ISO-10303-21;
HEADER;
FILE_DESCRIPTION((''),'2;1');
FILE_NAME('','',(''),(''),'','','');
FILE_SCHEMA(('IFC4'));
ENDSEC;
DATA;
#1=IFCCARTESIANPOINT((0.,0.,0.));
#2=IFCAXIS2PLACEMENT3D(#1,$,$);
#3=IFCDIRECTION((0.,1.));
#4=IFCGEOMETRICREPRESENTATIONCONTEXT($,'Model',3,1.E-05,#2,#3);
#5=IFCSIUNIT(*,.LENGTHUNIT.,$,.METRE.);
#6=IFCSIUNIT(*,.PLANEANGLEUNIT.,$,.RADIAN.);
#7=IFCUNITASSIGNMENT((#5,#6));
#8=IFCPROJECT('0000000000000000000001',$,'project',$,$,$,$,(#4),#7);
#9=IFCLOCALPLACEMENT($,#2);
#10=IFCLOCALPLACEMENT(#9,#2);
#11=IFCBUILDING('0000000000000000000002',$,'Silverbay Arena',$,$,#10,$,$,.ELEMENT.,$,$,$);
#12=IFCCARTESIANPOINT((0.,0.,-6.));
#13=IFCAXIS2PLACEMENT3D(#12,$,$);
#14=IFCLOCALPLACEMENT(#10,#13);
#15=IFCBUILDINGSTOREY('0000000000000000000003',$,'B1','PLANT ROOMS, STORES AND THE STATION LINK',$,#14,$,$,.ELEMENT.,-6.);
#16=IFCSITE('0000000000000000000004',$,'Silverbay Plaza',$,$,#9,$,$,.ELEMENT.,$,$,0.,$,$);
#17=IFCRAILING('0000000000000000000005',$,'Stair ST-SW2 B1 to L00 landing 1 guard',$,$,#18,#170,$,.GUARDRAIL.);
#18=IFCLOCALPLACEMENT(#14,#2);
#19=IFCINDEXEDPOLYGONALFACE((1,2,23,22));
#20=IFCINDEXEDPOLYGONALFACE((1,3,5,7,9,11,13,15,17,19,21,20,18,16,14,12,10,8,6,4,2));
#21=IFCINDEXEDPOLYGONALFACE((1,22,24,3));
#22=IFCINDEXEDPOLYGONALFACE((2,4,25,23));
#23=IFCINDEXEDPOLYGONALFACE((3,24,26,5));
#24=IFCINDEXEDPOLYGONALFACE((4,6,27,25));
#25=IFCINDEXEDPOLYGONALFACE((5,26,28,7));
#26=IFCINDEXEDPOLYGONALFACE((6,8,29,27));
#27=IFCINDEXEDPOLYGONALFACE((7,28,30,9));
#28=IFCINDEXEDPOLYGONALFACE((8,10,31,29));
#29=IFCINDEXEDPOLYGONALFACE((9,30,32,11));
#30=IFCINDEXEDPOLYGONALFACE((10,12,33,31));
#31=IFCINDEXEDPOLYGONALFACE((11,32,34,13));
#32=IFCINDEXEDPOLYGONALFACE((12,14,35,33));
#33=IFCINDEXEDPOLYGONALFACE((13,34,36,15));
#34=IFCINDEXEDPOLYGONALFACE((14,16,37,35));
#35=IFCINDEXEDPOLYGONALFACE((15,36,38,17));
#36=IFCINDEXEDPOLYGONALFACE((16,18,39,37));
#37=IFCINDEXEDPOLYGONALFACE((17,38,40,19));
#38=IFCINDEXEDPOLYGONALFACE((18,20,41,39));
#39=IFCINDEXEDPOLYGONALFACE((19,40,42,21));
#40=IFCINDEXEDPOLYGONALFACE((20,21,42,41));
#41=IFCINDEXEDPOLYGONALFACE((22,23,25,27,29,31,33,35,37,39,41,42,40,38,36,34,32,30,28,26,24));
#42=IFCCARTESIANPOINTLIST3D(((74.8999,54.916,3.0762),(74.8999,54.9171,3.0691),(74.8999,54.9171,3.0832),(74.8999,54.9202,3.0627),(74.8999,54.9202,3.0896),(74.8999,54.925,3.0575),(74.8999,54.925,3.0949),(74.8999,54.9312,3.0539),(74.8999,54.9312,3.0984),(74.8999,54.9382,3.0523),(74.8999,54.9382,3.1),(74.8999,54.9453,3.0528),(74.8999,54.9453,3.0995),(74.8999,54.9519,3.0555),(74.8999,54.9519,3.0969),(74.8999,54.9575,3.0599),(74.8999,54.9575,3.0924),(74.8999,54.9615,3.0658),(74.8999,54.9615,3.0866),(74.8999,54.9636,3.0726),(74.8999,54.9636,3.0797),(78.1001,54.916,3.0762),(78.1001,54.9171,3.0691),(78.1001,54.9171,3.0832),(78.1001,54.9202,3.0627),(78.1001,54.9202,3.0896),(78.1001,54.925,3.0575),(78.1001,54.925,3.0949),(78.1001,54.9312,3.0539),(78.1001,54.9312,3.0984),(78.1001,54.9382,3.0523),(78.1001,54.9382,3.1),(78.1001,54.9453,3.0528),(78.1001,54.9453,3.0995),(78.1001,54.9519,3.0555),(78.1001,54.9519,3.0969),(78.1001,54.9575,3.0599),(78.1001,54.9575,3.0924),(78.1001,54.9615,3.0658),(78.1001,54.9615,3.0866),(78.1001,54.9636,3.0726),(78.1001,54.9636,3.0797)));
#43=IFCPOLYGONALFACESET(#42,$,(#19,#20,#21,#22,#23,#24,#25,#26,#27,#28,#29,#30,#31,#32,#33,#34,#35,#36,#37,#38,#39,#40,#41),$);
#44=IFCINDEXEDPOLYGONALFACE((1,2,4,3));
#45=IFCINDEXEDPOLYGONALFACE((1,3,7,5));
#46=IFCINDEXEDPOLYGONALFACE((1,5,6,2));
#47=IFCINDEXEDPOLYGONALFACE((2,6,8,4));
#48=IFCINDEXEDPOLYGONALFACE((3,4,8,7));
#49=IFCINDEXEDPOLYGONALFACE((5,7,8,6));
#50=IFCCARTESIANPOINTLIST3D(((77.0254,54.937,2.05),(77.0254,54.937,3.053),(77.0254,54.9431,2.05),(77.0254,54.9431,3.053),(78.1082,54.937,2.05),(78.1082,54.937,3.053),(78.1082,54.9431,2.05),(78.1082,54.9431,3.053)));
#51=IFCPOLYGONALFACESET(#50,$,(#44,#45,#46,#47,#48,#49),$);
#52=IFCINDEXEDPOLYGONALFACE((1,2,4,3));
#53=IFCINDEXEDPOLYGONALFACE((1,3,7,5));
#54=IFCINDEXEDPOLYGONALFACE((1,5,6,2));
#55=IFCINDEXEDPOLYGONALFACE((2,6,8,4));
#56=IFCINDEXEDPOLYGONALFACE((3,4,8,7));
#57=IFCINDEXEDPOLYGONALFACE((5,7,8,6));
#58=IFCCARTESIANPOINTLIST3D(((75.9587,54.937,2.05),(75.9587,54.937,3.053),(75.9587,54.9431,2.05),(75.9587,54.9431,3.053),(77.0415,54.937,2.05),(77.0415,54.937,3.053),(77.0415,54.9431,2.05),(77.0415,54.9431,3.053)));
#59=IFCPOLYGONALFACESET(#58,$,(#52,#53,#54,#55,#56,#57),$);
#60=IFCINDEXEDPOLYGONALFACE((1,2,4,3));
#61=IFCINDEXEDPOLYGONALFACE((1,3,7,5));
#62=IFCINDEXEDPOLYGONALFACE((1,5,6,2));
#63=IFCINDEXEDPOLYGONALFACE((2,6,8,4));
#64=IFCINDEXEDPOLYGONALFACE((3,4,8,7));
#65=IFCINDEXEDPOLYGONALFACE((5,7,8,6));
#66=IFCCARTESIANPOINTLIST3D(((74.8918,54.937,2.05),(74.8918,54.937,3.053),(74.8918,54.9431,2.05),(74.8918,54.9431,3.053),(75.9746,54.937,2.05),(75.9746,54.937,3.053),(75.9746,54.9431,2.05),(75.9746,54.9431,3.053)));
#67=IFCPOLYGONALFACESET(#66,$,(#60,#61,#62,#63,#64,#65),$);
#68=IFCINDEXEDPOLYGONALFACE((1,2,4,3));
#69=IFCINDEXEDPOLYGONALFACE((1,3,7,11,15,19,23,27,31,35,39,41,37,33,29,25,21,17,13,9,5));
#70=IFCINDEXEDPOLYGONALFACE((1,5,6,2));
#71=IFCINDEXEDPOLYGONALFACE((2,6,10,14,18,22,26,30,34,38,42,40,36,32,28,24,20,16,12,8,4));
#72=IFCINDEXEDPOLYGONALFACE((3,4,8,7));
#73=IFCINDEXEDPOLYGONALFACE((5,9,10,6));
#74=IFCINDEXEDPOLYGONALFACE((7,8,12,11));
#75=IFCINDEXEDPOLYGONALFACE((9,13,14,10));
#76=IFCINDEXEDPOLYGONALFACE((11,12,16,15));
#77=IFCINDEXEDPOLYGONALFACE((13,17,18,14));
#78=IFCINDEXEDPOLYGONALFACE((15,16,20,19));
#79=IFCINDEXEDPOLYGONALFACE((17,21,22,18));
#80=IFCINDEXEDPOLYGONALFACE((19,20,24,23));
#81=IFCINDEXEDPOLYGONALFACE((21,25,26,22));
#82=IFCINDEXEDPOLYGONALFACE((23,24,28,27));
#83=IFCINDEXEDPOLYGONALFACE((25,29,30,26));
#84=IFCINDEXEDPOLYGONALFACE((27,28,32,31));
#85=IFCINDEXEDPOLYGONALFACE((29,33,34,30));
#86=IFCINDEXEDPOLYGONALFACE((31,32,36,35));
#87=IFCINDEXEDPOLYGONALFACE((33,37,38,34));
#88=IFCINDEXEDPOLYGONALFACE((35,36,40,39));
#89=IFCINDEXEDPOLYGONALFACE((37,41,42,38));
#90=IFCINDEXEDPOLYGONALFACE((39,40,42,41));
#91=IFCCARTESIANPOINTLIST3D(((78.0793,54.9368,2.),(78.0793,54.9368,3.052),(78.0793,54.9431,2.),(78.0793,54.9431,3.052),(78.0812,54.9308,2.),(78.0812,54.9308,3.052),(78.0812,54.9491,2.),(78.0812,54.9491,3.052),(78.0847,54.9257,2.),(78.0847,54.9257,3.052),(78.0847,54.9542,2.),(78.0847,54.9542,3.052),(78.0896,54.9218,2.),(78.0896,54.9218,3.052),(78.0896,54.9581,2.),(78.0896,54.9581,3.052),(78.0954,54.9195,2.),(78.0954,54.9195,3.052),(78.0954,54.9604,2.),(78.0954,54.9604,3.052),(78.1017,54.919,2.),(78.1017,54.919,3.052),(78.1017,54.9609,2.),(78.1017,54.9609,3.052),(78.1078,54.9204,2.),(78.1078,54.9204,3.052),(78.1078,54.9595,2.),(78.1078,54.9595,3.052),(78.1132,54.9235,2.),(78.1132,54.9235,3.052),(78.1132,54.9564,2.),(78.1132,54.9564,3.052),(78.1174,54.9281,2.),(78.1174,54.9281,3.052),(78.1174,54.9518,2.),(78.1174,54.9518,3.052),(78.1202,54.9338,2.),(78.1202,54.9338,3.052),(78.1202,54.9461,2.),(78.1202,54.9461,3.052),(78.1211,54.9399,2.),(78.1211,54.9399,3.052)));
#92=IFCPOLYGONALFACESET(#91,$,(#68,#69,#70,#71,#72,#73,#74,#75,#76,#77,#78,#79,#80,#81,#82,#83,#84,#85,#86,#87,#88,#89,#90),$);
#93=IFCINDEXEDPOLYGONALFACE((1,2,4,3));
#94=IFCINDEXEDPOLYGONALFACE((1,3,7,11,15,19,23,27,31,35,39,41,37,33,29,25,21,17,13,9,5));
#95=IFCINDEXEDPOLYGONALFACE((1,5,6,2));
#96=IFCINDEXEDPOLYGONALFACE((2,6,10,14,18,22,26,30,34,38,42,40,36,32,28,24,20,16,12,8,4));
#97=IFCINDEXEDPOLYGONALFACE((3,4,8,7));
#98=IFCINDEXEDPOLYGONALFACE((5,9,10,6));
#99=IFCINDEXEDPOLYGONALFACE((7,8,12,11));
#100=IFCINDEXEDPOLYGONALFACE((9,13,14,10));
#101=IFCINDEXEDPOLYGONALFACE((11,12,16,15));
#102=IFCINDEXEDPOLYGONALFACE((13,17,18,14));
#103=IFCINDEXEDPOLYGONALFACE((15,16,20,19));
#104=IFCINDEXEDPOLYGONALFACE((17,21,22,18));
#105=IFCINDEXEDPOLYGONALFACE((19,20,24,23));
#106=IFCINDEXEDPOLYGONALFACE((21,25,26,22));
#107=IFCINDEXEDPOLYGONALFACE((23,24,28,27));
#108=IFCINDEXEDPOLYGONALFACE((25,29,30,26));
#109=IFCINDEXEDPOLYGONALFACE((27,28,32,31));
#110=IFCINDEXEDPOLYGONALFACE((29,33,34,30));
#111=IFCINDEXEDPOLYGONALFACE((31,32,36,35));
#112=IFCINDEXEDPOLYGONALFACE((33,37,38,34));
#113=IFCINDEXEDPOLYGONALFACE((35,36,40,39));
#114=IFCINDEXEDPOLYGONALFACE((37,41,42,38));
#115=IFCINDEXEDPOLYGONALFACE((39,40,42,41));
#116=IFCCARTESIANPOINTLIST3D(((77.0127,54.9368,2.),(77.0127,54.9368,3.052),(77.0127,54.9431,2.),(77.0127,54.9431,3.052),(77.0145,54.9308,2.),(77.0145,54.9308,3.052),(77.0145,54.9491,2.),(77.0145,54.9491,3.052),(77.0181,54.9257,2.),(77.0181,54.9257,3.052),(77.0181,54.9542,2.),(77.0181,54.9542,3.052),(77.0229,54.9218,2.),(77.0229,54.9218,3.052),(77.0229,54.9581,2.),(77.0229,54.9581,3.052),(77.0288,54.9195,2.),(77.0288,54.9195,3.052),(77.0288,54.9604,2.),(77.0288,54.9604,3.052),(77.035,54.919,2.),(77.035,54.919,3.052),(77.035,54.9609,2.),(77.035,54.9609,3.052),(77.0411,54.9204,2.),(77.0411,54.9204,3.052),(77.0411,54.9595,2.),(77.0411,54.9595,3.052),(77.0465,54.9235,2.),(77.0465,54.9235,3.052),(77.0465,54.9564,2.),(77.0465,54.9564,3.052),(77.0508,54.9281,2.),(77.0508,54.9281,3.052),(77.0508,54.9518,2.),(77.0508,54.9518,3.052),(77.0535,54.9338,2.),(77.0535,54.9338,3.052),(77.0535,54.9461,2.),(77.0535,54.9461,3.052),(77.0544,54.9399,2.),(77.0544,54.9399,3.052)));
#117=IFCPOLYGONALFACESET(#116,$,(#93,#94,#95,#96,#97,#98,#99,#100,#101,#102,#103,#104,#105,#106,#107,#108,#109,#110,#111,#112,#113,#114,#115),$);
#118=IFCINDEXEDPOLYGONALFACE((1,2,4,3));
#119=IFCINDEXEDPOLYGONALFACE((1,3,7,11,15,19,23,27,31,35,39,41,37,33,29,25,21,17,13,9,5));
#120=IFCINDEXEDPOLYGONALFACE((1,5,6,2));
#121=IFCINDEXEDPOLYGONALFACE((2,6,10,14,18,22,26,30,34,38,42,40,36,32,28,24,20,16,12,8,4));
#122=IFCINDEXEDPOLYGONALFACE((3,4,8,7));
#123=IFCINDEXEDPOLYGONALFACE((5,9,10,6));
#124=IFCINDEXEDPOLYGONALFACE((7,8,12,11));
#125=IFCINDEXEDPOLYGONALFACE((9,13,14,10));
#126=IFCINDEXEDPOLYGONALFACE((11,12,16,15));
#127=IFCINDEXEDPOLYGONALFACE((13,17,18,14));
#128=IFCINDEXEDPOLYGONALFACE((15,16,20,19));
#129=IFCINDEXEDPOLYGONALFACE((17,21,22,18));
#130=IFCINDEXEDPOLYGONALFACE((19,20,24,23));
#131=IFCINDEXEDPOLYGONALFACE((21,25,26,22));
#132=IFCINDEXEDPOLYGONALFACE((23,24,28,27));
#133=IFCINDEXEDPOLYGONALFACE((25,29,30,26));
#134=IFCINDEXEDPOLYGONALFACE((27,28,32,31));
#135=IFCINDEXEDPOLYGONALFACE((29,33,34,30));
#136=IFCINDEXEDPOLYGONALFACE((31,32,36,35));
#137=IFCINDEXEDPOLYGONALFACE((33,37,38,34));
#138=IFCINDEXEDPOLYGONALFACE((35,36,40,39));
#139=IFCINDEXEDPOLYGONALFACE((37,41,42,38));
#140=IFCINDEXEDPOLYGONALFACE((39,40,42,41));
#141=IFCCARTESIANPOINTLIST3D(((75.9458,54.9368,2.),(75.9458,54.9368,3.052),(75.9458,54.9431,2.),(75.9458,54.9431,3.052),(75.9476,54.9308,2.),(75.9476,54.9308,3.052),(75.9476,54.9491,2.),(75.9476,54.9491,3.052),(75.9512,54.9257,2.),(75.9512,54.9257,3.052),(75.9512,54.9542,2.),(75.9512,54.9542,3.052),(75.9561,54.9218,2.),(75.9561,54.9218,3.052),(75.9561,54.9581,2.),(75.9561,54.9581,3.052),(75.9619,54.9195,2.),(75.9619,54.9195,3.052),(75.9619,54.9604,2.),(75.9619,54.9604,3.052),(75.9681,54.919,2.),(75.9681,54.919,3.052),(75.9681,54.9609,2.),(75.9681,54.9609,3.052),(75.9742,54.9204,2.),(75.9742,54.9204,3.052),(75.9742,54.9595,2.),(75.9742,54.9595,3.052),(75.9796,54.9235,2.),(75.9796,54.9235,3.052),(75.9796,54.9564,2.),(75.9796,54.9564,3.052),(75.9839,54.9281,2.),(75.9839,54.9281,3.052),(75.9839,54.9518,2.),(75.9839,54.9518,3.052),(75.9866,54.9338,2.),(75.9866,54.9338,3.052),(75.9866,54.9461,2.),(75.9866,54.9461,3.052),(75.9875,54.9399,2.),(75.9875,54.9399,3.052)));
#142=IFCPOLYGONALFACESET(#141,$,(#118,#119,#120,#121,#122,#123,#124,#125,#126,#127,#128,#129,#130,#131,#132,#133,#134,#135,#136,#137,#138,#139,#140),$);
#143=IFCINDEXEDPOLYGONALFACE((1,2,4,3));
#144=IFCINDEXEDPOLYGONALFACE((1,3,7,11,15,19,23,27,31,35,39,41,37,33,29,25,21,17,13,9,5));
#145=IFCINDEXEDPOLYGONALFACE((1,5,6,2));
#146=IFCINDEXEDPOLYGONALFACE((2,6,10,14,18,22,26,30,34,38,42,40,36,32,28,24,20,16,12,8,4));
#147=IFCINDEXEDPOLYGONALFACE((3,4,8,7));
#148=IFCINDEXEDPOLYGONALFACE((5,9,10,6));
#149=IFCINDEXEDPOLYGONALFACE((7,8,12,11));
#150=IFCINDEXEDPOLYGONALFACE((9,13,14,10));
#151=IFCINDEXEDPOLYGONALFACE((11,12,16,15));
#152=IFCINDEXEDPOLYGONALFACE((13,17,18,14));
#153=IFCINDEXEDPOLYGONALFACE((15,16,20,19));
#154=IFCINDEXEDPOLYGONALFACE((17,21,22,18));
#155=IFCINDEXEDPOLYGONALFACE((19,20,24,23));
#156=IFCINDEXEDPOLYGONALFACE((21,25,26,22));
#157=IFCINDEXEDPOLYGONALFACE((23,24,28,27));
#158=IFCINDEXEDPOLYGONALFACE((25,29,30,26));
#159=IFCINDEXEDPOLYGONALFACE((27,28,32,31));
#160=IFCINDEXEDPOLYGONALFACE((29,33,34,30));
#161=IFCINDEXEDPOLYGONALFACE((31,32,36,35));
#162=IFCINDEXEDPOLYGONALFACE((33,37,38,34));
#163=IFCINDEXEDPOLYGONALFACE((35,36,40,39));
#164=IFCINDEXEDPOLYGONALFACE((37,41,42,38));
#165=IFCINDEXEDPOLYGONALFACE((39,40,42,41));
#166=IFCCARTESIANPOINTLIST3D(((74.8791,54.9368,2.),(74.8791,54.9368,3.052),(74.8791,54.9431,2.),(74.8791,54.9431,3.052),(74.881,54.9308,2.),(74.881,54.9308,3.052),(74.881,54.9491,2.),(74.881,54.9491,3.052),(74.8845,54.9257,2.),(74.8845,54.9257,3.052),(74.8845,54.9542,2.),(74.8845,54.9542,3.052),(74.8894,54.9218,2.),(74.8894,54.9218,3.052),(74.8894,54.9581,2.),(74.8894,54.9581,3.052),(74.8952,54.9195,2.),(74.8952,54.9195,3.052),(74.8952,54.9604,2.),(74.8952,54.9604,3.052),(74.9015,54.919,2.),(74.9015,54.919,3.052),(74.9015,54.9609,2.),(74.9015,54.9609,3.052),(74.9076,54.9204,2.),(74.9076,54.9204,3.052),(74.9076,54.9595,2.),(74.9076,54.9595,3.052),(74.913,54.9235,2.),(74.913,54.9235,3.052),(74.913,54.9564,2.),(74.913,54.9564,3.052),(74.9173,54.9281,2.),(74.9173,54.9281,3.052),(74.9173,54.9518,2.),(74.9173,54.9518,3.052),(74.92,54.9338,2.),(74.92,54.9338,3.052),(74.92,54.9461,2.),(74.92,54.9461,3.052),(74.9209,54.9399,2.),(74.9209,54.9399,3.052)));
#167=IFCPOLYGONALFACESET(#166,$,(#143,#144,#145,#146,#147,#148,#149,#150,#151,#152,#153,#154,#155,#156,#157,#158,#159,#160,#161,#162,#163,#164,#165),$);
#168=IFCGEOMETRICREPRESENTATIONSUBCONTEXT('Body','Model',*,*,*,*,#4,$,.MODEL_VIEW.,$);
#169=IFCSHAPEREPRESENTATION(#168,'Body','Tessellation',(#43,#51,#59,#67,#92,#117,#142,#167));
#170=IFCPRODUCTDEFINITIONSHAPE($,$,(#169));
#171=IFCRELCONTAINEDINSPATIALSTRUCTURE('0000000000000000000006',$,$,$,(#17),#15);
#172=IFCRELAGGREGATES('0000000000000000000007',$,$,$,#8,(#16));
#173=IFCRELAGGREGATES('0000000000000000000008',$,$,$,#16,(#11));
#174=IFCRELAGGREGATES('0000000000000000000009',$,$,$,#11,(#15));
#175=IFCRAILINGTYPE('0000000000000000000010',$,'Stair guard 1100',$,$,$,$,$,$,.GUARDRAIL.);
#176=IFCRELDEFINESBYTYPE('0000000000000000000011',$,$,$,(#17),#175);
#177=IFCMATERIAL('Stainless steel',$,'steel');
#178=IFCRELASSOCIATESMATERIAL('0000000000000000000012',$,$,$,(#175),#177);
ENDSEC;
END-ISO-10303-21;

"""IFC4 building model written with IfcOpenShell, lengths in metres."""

from ifc_helpers import new_model, si_unit, direction, frame, origin, origin_2d, place, context, subcontext, project, spatial, polyline, circle, outline, extrude, material, type_object, element, save


model = new_model("IFC4")

# Units and contexts
model_context = context("Model", 3, precision=1e-05, world=origin(), true_north=direction((0.0, 1.0)))
body_context = subcontext(model_context, "Body", "Model", "MODEL_VIEW")
ifc_project = project(units=[si_unit("LENGTHUNIT", "METRE"), si_unit("PLANEANGLEUNIT", "RADIAN")], contexts=[model_context])

# Site, building, storey
site_placement = place(None, origin())
site = spatial("IfcSite", under=ifc_project, at=site_placement, Name="Silverbay Plaza", CompositionType="ELEMENT", RefElevation=0.0)
building_placement = place(site_placement, origin())
building = spatial("IfcBuilding", under=site, at=building_placement, Name="Silverbay Arena", CompositionType="ELEMENT")
storey_placement = place(building_placement, frame((0.0, 0.0, -6.0)))
storey = spatial("IfcBuildingStorey", under=building, at=storey_placement, Name="B1", Description="PLANT ROOMS, STORES AND THE STATION LINK", CompositionType="ELEMENT", Elevation=-6.0)

# Railing
ifc_material_1 = material(Name="Stainless steel", Category="steel")
railing_type_1 = type_object("IfcRailingType", Name="Stair guard 1100", PredefinedType="GUARDRAIL", material=ifc_material_1)
for number, where, name in (
    (1, (78.1001, 54.9399, 2.0), "Stair ST-SW2 B1 to L00 landing 1 guard"),
):
    element("IfcRailing", number, at=place(storey_placement, frame(where)), inside=storey, type_object=railing_type_1, Name=name, PredefinedType="GUARDRAIL", context=body_context, shape_type="SweptSolid", body=[
        extrude(circle(Radius=0.0239, at=origin_2d()), frame((0.0, 0.0, 1.0762), z_axis=(-1.0, 0.0, 0.0), x_axis=(0.0, -1.0, 0.0)), (0.0, 0.0, 1.0), 3.2002),
        extrude(outline(polyline([(-0.0081, 0.05), (1.0747, 0.05), (1.0747, 1.053), (-0.0081, 1.053), (-0.0081, 0.05)])), frame((0.0, -0.0029, 0.0), z_axis=(0.0, 1.0, 0.0), x_axis=(-1.0, 0.0, 0.0)), (0.0, 0.0, 1.0), 0.0061),
        extrude(outline(polyline([(-0.0081, 0.05), (1.0747, 0.05), (1.0747, 1.053), (-0.0081, 1.053), (-0.0081, 0.05)])), frame((-1.0667, -0.0029, 0.0), z_axis=(0.0, 1.0, 0.0), x_axis=(-1.0, 0.0, 0.0)), (0.0, 0.0, 1.0), 0.0061),
        extrude(outline(polyline([(-0.0081, 0.05), (1.0747, 0.05), (1.0747, 1.053), (-0.0081, 1.053), (-0.0081, 0.05)])), frame((-2.1335, -0.0029, 0.0), z_axis=(0.0, 1.0, 0.0), x_axis=(-1.0, 0.0, 0.0)), (0.0, 0.0, 1.0), 0.0061),
        extrude(circle(Radius=0.021, at=origin_2d()), origin(), (0.0, 0.0, 1.0), 1.052),
        extrude(circle(Radius=0.021, at=origin_2d()), frame((-1.0667, 0.0, 0.0)), (0.0, 0.0, 1.0), 1.052),
        extrude(circle(Radius=0.021, at=origin_2d()), frame((-2.1335, 0.0, 0.0)), (0.0, 0.0, 1.0), 1.052),
        extrude(circle(Radius=0.021, at=origin_2d()), frame((-3.2002, 0.0, 0.0)), (0.0, 0.0, 1.0), 1.052),
    ])

save(model, "model.ifc")
